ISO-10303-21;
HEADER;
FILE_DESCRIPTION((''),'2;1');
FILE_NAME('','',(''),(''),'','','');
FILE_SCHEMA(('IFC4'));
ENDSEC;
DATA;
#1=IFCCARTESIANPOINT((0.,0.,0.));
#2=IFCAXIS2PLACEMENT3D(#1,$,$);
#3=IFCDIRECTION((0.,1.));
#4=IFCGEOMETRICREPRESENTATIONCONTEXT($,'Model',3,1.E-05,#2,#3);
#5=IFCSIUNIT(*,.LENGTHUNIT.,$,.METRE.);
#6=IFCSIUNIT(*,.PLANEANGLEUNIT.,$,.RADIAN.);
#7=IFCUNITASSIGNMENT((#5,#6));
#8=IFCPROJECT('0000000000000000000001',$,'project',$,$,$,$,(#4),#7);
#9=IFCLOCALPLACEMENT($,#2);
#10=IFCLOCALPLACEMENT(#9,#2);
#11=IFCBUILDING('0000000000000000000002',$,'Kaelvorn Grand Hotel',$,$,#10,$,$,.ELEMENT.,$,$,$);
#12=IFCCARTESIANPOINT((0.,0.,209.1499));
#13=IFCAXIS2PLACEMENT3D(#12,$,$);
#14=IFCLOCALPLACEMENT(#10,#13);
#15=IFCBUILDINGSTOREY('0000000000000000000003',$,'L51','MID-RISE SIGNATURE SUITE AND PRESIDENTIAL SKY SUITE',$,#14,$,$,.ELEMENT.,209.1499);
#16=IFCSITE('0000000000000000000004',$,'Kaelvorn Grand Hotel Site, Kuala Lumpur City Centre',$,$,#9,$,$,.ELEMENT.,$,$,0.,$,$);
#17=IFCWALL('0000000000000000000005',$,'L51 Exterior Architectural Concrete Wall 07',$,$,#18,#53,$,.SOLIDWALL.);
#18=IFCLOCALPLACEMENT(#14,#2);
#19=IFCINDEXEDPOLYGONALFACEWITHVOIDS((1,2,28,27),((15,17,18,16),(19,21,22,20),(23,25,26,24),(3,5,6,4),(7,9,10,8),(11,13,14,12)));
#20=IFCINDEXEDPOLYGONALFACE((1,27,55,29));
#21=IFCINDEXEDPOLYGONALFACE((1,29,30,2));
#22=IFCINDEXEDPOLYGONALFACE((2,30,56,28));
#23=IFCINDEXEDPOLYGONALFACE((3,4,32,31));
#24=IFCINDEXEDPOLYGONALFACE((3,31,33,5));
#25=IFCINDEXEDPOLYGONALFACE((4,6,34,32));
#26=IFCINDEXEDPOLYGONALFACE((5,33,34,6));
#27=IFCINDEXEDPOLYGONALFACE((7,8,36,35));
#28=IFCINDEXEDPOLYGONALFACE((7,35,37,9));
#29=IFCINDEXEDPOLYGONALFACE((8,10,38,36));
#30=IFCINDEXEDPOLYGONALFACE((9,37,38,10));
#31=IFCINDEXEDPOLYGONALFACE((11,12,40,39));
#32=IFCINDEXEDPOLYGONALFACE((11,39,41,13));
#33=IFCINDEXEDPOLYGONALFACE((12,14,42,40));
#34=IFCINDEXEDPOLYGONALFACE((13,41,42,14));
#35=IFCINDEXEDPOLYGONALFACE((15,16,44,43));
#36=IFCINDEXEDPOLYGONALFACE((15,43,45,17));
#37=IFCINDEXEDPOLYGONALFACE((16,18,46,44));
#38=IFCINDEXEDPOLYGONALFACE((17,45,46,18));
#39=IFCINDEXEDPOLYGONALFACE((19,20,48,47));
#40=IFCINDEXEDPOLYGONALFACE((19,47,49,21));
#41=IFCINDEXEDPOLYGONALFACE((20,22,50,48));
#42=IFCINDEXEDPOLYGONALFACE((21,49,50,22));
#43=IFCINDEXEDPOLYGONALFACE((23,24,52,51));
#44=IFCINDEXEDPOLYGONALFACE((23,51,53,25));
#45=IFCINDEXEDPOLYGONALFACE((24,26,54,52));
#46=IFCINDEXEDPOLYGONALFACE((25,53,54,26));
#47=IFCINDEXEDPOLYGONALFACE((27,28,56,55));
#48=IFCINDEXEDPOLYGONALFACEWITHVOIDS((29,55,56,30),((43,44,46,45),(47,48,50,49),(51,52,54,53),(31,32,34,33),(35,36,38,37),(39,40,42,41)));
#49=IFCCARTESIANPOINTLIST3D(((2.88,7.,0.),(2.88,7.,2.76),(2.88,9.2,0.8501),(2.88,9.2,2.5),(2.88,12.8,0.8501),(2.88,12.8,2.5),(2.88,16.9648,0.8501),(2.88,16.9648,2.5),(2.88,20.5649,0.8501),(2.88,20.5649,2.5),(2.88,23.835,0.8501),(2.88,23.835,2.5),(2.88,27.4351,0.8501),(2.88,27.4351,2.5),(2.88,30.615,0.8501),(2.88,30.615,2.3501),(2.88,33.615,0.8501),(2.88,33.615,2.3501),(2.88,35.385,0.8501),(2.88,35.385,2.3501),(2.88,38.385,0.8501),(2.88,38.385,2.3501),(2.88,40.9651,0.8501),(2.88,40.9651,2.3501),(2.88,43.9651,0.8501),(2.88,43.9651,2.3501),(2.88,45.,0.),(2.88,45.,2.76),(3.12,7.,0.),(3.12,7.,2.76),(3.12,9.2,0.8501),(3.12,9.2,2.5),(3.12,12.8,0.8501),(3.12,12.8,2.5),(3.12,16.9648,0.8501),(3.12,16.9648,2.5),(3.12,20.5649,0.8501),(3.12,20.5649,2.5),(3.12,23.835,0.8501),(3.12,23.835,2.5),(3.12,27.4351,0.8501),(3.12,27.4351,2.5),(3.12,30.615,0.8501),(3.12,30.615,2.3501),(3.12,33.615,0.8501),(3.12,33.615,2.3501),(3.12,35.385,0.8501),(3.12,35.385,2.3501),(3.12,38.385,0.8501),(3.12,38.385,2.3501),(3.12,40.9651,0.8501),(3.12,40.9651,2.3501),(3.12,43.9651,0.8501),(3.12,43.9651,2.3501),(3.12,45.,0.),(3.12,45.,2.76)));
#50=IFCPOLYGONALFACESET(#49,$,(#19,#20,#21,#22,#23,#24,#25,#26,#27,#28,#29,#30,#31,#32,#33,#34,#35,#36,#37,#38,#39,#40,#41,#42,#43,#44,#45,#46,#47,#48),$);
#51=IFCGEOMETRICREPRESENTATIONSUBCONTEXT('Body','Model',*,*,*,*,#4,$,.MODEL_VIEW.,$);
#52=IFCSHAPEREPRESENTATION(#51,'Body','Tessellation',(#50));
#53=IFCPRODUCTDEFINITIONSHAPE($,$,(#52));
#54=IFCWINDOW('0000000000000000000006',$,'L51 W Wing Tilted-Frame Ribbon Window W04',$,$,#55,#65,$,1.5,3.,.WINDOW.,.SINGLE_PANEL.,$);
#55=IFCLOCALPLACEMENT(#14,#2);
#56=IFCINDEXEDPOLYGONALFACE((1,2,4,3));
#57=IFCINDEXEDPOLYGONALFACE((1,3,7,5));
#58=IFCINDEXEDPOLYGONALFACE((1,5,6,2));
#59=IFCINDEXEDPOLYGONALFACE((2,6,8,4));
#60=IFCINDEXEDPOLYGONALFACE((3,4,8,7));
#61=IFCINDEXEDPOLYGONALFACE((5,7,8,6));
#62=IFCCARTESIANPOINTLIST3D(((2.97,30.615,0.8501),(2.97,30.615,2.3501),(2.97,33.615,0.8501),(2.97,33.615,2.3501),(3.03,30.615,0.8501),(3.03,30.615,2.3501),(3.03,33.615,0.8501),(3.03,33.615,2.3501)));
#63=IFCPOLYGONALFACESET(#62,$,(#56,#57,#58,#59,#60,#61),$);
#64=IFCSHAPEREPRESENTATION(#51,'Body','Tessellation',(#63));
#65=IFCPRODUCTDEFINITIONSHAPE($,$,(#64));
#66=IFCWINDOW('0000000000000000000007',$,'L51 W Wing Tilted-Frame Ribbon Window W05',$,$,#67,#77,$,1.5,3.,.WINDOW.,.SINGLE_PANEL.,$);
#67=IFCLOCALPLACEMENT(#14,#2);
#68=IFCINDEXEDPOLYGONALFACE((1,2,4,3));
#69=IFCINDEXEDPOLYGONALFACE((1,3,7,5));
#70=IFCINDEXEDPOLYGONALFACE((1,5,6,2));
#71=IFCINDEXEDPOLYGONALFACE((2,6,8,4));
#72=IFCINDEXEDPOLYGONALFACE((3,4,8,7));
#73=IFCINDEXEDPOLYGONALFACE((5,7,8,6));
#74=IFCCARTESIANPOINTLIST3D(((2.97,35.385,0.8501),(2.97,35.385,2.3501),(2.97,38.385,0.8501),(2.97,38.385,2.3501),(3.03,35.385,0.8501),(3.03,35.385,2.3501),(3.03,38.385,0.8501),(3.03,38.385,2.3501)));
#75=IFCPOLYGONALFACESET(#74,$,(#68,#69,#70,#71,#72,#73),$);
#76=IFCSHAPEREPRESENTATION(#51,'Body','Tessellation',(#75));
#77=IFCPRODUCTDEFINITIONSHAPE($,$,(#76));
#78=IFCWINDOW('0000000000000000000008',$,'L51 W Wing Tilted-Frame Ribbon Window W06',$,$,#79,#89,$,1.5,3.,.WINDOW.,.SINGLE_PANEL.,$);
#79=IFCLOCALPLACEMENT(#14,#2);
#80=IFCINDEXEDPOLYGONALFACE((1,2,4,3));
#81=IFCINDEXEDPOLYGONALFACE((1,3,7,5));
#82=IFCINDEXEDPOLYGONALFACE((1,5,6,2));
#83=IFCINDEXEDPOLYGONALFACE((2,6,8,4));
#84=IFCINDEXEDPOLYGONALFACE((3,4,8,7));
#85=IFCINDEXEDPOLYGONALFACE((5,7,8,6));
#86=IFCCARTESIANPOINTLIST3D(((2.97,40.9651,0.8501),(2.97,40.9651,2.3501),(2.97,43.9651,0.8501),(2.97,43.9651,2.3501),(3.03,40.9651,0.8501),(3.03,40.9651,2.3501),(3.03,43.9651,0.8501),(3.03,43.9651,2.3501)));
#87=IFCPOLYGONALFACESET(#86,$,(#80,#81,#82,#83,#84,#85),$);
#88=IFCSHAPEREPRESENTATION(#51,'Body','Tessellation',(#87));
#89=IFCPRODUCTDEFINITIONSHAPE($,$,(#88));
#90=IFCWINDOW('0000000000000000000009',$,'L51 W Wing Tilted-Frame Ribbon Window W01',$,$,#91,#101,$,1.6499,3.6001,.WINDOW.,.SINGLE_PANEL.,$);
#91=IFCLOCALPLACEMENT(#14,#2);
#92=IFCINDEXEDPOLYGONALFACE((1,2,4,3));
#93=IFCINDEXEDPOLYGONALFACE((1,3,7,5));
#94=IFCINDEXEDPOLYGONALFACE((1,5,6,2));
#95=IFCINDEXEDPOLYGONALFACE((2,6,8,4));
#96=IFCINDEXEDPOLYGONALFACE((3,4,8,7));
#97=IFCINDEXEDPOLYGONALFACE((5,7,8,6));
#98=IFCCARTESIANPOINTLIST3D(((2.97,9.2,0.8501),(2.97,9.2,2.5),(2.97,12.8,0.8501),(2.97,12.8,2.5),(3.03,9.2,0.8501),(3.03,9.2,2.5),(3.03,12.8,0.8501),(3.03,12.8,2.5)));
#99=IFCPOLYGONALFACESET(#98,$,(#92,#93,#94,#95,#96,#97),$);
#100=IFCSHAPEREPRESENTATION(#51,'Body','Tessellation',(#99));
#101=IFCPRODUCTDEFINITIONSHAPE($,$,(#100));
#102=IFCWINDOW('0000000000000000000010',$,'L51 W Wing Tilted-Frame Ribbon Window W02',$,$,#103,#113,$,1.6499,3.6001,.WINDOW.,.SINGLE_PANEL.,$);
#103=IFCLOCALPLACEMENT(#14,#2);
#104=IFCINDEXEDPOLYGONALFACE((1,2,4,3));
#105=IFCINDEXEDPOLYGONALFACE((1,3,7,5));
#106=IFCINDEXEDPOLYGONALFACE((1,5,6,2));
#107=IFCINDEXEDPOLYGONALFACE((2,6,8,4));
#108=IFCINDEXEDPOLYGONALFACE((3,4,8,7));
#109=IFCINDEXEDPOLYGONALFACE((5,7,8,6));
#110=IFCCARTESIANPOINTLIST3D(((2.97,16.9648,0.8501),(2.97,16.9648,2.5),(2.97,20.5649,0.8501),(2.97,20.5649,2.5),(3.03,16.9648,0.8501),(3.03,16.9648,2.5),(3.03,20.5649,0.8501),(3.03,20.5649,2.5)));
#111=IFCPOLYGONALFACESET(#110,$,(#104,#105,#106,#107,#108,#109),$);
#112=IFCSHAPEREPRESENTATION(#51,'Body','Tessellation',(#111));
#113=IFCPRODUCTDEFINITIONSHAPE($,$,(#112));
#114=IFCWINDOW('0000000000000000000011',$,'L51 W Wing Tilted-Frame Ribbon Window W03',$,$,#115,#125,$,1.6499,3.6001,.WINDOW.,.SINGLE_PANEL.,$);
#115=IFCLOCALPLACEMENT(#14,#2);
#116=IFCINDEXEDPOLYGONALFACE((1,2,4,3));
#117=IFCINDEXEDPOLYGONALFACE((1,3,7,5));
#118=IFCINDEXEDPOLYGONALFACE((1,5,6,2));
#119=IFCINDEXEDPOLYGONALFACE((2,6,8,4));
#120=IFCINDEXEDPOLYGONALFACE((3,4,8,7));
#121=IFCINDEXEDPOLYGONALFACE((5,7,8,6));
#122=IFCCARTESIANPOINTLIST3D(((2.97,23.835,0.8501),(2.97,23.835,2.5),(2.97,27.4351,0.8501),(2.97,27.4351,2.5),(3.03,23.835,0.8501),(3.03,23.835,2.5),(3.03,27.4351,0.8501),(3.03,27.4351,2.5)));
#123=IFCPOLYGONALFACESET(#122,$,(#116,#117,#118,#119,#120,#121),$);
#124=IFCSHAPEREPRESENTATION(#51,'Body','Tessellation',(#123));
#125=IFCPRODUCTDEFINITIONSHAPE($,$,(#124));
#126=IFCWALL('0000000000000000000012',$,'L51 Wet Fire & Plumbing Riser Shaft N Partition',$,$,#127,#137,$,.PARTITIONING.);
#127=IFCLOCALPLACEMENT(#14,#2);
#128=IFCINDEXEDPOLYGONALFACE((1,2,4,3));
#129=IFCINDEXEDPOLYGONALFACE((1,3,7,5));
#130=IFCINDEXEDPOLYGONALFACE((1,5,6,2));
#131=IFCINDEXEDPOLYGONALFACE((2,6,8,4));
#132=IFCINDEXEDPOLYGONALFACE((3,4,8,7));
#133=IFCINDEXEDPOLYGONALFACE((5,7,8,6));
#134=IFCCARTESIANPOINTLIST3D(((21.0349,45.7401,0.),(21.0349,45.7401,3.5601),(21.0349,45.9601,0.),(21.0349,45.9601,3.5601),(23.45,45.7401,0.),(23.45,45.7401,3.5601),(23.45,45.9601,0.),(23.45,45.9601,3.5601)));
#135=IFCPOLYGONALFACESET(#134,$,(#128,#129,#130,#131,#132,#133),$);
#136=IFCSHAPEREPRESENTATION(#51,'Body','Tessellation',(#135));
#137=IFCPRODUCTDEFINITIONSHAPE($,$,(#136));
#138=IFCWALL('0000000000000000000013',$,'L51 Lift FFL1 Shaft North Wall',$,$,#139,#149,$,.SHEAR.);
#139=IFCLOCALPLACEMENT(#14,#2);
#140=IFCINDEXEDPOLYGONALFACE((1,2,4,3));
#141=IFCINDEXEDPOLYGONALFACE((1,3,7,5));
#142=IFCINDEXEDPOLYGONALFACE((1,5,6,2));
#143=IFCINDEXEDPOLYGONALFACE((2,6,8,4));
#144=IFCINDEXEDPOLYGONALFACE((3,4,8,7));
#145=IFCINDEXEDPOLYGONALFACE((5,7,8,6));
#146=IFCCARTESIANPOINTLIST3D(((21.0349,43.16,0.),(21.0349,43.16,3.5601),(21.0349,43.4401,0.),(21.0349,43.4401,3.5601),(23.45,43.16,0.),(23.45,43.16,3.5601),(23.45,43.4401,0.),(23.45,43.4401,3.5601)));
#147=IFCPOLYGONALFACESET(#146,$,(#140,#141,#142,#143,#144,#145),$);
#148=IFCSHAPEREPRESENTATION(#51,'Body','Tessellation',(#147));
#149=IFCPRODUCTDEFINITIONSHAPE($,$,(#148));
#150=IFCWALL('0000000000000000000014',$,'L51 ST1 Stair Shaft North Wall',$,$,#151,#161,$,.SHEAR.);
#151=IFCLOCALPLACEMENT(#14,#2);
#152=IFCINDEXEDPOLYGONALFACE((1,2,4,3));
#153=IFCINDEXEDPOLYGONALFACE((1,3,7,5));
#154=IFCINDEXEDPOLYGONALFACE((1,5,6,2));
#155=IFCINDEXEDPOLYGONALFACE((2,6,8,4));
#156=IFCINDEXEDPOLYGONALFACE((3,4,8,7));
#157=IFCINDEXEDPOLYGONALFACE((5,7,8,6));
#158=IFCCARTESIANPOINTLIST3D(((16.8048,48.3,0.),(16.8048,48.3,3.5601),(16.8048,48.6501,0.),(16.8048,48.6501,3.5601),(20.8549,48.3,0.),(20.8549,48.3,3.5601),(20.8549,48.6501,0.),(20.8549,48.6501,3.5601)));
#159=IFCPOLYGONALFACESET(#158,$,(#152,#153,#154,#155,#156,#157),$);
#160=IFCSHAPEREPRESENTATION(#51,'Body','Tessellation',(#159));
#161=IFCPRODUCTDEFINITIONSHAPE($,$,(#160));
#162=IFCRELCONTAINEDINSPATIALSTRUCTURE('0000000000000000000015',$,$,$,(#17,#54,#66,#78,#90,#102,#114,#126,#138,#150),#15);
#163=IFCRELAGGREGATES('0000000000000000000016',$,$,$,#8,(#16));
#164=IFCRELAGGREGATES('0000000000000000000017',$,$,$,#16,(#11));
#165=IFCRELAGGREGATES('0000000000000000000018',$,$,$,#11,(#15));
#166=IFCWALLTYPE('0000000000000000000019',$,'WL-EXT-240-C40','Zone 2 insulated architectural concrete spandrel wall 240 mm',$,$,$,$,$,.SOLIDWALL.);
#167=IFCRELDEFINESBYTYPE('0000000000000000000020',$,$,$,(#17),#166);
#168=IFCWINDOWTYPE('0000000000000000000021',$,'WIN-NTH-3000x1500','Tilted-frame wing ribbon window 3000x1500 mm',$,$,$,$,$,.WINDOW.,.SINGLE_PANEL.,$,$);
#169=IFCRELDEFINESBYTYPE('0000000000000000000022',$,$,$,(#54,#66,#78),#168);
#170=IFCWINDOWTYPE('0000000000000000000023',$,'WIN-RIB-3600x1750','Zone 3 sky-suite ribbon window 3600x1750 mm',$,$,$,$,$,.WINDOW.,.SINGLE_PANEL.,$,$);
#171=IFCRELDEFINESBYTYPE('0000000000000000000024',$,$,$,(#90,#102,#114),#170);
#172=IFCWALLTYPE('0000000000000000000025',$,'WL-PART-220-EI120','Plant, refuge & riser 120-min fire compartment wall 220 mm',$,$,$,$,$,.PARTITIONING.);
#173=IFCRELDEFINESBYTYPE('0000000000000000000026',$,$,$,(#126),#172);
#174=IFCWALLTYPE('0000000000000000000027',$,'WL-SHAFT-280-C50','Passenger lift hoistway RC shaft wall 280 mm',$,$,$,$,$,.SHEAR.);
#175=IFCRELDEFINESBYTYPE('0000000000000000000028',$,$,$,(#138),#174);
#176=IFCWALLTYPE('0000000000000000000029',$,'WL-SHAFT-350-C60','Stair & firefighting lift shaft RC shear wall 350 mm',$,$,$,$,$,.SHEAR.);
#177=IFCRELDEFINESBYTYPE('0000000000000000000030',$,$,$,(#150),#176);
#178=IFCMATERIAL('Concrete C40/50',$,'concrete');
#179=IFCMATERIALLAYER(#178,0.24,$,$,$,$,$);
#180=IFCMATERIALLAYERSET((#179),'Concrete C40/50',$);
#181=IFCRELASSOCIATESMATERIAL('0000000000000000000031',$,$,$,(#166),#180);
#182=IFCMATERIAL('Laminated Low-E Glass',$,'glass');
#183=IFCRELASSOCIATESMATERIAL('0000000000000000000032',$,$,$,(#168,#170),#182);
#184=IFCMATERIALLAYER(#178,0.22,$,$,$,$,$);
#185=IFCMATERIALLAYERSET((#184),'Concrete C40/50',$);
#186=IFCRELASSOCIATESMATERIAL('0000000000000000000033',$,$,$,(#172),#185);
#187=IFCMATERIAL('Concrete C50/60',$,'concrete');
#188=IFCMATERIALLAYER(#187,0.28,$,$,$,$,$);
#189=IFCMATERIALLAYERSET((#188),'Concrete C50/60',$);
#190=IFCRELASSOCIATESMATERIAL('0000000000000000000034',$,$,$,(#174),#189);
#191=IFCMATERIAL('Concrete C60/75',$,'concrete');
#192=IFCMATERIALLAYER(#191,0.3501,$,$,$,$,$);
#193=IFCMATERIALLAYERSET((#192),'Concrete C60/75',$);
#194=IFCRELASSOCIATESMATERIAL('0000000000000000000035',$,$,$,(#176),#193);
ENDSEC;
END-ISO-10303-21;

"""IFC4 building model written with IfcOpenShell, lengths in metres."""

from ifc_helpers import new_model, si_unit, direction, frame, frame_2d, origin, place, context, subcontext, project, spatial, rectangle, extrude, material, layer, layer_set, type_object, element, fill, save


model = new_model("IFC4")

# Units and contexts
model_context = context("Model", 3, precision=1e-05, world=origin(), true_north=direction((0.0, 1.0)))
body_context = subcontext(model_context, "Body", "Model", "MODEL_VIEW")
ifc_project = project(units=[si_unit("LENGTHUNIT", "METRE"), si_unit("PLANEANGLEUNIT", "RADIAN")], contexts=[model_context])

# Site, building, storey
site_placement = place(None, origin())
site = spatial("IfcSite", under=ifc_project, at=site_placement, Name="Kaelvorn Grand Hotel Site, Kuala Lumpur City Centre", CompositionType="ELEMENT", RefElevation=0.0)
building_placement = place(site_placement, origin())
building = spatial("IfcBuilding", under=site, at=building_placement, Name="Kaelvorn Grand Hotel", CompositionType="ELEMENT")
storey_placement = place(building_placement, frame((0.0, 0.0, 209.1499)))
storey = spatial("IfcBuildingStorey", under=building, at=storey_placement, Name="L51", Description="MID-RISE SIGNATURE SUITE AND PRESIDENTIAL SKY SUITE", CompositionType="ELEMENT", Elevation=209.1499)

# Shared definitions
ifc_material_1 = material(Name="Concrete C60/75", Category="concrete")

# Shared definitions
ifc_material_2 = material(Name="Concrete C50/60", Category="concrete")

# Shared definitions
ifc_material_3 = material(Name="Concrete C40/50", Category="concrete")
ifc_layer_1 = layer(ifc_material_3, 0.24)
ifc_layer_set_1 = layer_set([ifc_layer_1], Name="Concrete C40/50")
wall_type_1 = type_object("IfcWallType", Name="WL-EXT-240-C40", Description="Zone 2 insulated architectural concrete spandrel wall 240 mm", PredefinedType="SOLIDWALL", material=ifc_layer_set_1)
ifc_material_4 = material(Name="Laminated Low-E Glass", Category="glass")

# Wall, openings, windows
wall_1_placement = place(storey_placement, frame((3.0, 45.0, 0.0), z_axis=(0.0, 0.0, 1.0), x_axis=(0.0, -1.0, 0.0)))
wall_1 = element("IfcWall", 1, at=wall_1_placement, inside=storey, type_object=wall_type_1, Name="L51 Exterior Architectural Concrete Wall 07", PredefinedType="SOLIDWALL", context=body_context, shape_type="SweptSolid", body=[
    extrude(rectangle(XDim=38.0, YDim=0.24, at=frame_2d((19.0, 0.0))), origin(), (0.0, 0.0, 1.0), 2.76),
])
opening_1_placement = place(wall_1_placement, frame((32.2, 0.0, 0.8501)))
opening_1 = element("IfcOpeningElement", 2, at=opening_1_placement, cuts=wall_1, PredefinedType="OPENING", context=body_context, shape_type="SweptSolid", body=[
    extrude(rectangle(XDim=3.6001, YDim=1.6499, at=frame_2d((1.8, 0.825))), frame((0.0, 0.1299, 0.0), z_axis=(0.0, -1.0, 0.0), x_axis=(1.0, 0.0, 0.0)), (0.0, 0.0, 1.0), 0.26),
])
opening_2_placement = place(wall_1_placement, frame((24.4351, 0.0, 0.8501)))
opening_2 = element("IfcOpeningElement", 3, at=opening_2_placement, cuts=wall_1, PredefinedType="OPENING", context=body_context, shape_type="SweptSolid", body=[
    extrude(rectangle(XDim=3.6001, YDim=1.6499, at=frame_2d((1.8, 0.825))), frame((0.0, 0.1299, 0.0), z_axis=(0.0, -1.0, 0.0), x_axis=(1.0, 0.0, 0.0)), (0.0, 0.0, 1.0), 0.26),
])
opening_3_placement = place(wall_1_placement, frame((17.5649, 0.0, 0.8501)))
opening_3 = element("IfcOpeningElement", 4, at=opening_3_placement, cuts=wall_1, PredefinedType="OPENING", context=body_context, shape_type="SweptSolid", body=[
    extrude(rectangle(XDim=3.6001, YDim=1.6499, at=frame_2d((1.8, 0.825))), frame((0.0, 0.1299, 0.0), z_axis=(0.0, -1.0, 0.0), x_axis=(1.0, 0.0, 0.0)), (0.0, 0.0, 1.0), 0.26),
])
opening_4_placement = place(wall_1_placement, frame((11.385, 0.0, 0.8501)))
opening_4 = element("IfcOpeningElement", 5, at=opening_4_placement, cuts=wall_1, PredefinedType="OPENING", context=body_context, shape_type="SweptSolid", body=[
    extrude(rectangle(XDim=3.0, YDim=1.5, at=frame_2d((1.5, 0.75))), frame((0.0, 0.1299, 0.0), z_axis=(0.0, -1.0, 0.0), x_axis=(1.0, 0.0, 0.0)), (0.0, 0.0, 1.0), 0.26),
])
opening_5_placement = place(wall_1_placement, frame((6.615, 0.0, 0.8501)))
opening_5 = element("IfcOpeningElement", 6, at=opening_5_placement, cuts=wall_1, PredefinedType="OPENING", context=body_context, shape_type="SweptSolid", body=[
    extrude(rectangle(XDim=3.0, YDim=1.5, at=frame_2d((1.5, 0.75))), frame((0.0, 0.1299, 0.0), z_axis=(0.0, -1.0, 0.0), x_axis=(1.0, 0.0, 0.0)), (0.0, 0.0, 1.0), 0.26),
])
opening_6_placement = place(wall_1_placement, frame((1.0349, 0.0, 0.8501)))
opening_6 = element("IfcOpeningElement", 7, at=opening_6_placement, cuts=wall_1, PredefinedType="OPENING", context=body_context, shape_type="SweptSolid", body=[
    extrude(rectangle(XDim=3.0, YDim=1.5, at=frame_2d((1.5, 0.75))), frame((0.0, 0.1299, 0.0), z_axis=(0.0, -1.0, 0.0), x_axis=(1.0, 0.0, 0.0)), (0.0, 0.0, 1.0), 0.26),
])
window_type_1 = type_object("IfcWindowType", Name="WIN-NTH-3000x1500", Description="Tilted-frame wing ribbon window 3000x1500 mm", PartitioningType="SINGLE_PANEL", PredefinedType="WINDOW", material=ifc_material_4)
window_1_placement = place(opening_4_placement, origin())
window_1 = element("IfcWindow", 8, at=window_1_placement, inside=storey, type_object=window_type_1, Name="L51 W Wing Tilted-Frame Ribbon Window W04", OverallHeight=1.5, OverallWidth=3.0, PartitioningType="SINGLE_PANEL", PredefinedType="WINDOW", context=body_context, shape_type="SweptSolid", body=[
    extrude(rectangle(XDim=3.0, YDim=1.5, at=frame_2d((1.5, 0.75))), frame((0.0, 0.03, 0.0), z_axis=(0.0, -1.0, 0.0), x_axis=(1.0, 0.0, 0.0)), (0.0, 0.0, 1.0), 0.0601),
])
fill(opening_4, window_1)
window_2_placement = place(opening_5_placement, origin())
window_2 = element("IfcWindow", 9, at=window_2_placement, inside=storey, type_object=window_type_1, Name="L51 W Wing Tilted-Frame Ribbon Window W05", OverallHeight=1.5, OverallWidth=3.0, PartitioningType="SINGLE_PANEL", PredefinedType="WINDOW", context=body_context, shape_type="SweptSolid", body=[
    extrude(rectangle(XDim=3.0, YDim=1.5, at=frame_2d((1.5, 0.75))), frame((0.0, 0.03, 0.0), z_axis=(0.0, -1.0, 0.0), x_axis=(1.0, 0.0, 0.0)), (0.0, 0.0, 1.0), 0.0601),
])
fill(opening_5, window_2)
window_3_placement = place(opening_6_placement, origin())
window_3 = element("IfcWindow", 10, at=window_3_placement, inside=storey, type_object=window_type_1, Name="L51 W Wing Tilted-Frame Ribbon Window W06", OverallHeight=1.5, OverallWidth=3.0, PartitioningType="SINGLE_PANEL", PredefinedType="WINDOW", context=body_context, shape_type="SweptSolid", body=[
    extrude(rectangle(XDim=3.0, YDim=1.5, at=frame_2d((1.5, 0.75))), frame((0.0, 0.03, 0.0), z_axis=(0.0, -1.0, 0.0), x_axis=(1.0, 0.0, 0.0)), (0.0, 0.0, 1.0), 0.0601),
])
fill(opening_6, window_3)
window_type_2 = type_object("IfcWindowType", Name="WIN-RIB-3600x1750", Description="Zone 3 sky-suite ribbon window 3600x1750 mm", PartitioningType="SINGLE_PANEL", PredefinedType="WINDOW", material=ifc_material_4)
window_4_placement = place(opening_1_placement, origin())
window_4 = element("IfcWindow", 11, at=window_4_placement, inside=storey, type_object=window_type_2, Name="L51 W Wing Tilted-Frame Ribbon Window W01", OverallHeight=1.6499, OverallWidth=3.6001, PartitioningType="SINGLE_PANEL", PredefinedType="WINDOW", context=body_context, shape_type="SweptSolid", body=[
    extrude(rectangle(XDim=3.6001, YDim=1.6499, at=frame_2d((1.8, 0.825))), frame((0.0, 0.03, 0.0), z_axis=(0.0, -1.0, 0.0), x_axis=(1.0, 0.0, 0.0)), (0.0, 0.0, 1.0), 0.0601),
])
fill(opening_1, window_4)
window_5_placement = place(opening_2_placement, origin())
window_5 = element("IfcWindow", 12, at=window_5_placement, inside=storey, type_object=window_type_2, Name="L51 W Wing Tilted-Frame Ribbon Window W02", OverallHeight=1.6499, OverallWidth=3.6001, PartitioningType="SINGLE_PANEL", PredefinedType="WINDOW", context=body_context, shape_type="SweptSolid", body=[
    extrude(rectangle(XDim=3.6001, YDim=1.6499, at=frame_2d((1.8, 0.825))), frame((0.0, 0.03, 0.0), z_axis=(0.0, -1.0, 0.0), x_axis=(1.0, 0.0, 0.0)), (0.0, 0.0, 1.0), 0.0601),
])
fill(opening_2, window_5)
window_6_placement = place(opening_3_placement, origin())
window_6 = element("IfcWindow", 13, at=window_6_placement, inside=storey, type_object=window_type_2, Name="L51 W Wing Tilted-Frame Ribbon Window W03", OverallHeight=1.6499, OverallWidth=3.6001, PartitioningType="SINGLE_PANEL", PredefinedType="WINDOW", context=body_context, shape_type="SweptSolid", body=[
    extrude(rectangle(XDim=3.6001, YDim=1.6499, at=frame_2d((1.8, 0.825))), frame((0.0, 0.03, 0.0), z_axis=(0.0, -1.0, 0.0), x_axis=(1.0, 0.0, 0.0)), (0.0, 0.0, 1.0), 0.0601),
])
fill(opening_3, window_6)

# Walls
ifc_layer_2 = layer(ifc_material_3, 0.22)
ifc_layer_set_2 = layer_set([ifc_layer_2], Name="Concrete C40/50")
wall_type_2 = type_object("IfcWallType", Name="WL-PART-220-EI120", Description="Plant, refuge & riser 120-min fire compartment wall 220 mm", PredefinedType="PARTITIONING", material=ifc_layer_set_2)
wall_2_placement = place(storey_placement, frame((21.0349, 45.8501, 0.0), z_axis=(0.0, 0.0, 1.0), x_axis=(1.0, 0.0, 0.0)))
element("IfcWall", 14, at=wall_2_placement, inside=storey, type_object=wall_type_2, Name="L51 Wet Fire & Plumbing Riser Shaft N Partition", PredefinedType="PARTITIONING", context=body_context, shape_type="SweptSolid", body=[
    extrude(rectangle(XDim=2.415, YDim=0.22, at=frame_2d((1.2075, 0.0))), origin(), (0.0, 0.0, 1.0), 3.5601),
])
ifc_layer_3 = layer(ifc_material_2, 0.28)
ifc_layer_set_3 = layer_set([ifc_layer_3], Name="Concrete C50/60")
wall_type_3 = type_object("IfcWallType", Name="WL-SHAFT-280-C50", Description="Passenger lift hoistway RC shaft wall 280 mm", PredefinedType="SHEAR", material=ifc_layer_set_3)
wall_3_placement = place(storey_placement, frame((21.0349, 43.3, 0.0), z_axis=(0.0, 0.0, 1.0), x_axis=(1.0, 0.0, 0.0)))
element("IfcWall", 15, at=wall_3_placement, inside=storey, type_object=wall_type_3, Name="L51 Lift FFL1 Shaft North Wall", PredefinedType="SHEAR", context=body_context, shape_type="SweptSolid", body=[
    extrude(rectangle(XDim=2.415, YDim=0.28, at=frame_2d((1.2075, 0.0))), origin(), (0.0, 0.0, 1.0), 3.5601),
])
ifc_layer_4 = layer(ifc_material_1, 0.3501)
ifc_layer_set_4 = layer_set([ifc_layer_4], Name="Concrete C60/75")
wall_type_4 = type_object("IfcWallType", Name="WL-SHAFT-350-C60", Description="Stair & firefighting lift shaft RC shear wall 350 mm", PredefinedType="SHEAR", material=ifc_layer_set_4)
wall_4_placement = place(storey_placement, frame((16.8049, 48.4751, 0.0), z_axis=(0.0, 0.0, 1.0), x_axis=(1.0, 0.0, 0.0)))
element("IfcWall", 16, at=wall_4_placement, inside=storey, type_object=wall_type_4, Name="L51 ST1 Stair Shaft North Wall", PredefinedType="SHEAR", context=body_context, shape_type="SweptSolid", body=[
    extrude(rectangle(XDim=4.05, YDim=0.3501, at=frame_2d((2.0249, 0.0))), origin(), (0.0, 0.0, 1.0), 3.5601),
])

save(model, "model.ifc")
